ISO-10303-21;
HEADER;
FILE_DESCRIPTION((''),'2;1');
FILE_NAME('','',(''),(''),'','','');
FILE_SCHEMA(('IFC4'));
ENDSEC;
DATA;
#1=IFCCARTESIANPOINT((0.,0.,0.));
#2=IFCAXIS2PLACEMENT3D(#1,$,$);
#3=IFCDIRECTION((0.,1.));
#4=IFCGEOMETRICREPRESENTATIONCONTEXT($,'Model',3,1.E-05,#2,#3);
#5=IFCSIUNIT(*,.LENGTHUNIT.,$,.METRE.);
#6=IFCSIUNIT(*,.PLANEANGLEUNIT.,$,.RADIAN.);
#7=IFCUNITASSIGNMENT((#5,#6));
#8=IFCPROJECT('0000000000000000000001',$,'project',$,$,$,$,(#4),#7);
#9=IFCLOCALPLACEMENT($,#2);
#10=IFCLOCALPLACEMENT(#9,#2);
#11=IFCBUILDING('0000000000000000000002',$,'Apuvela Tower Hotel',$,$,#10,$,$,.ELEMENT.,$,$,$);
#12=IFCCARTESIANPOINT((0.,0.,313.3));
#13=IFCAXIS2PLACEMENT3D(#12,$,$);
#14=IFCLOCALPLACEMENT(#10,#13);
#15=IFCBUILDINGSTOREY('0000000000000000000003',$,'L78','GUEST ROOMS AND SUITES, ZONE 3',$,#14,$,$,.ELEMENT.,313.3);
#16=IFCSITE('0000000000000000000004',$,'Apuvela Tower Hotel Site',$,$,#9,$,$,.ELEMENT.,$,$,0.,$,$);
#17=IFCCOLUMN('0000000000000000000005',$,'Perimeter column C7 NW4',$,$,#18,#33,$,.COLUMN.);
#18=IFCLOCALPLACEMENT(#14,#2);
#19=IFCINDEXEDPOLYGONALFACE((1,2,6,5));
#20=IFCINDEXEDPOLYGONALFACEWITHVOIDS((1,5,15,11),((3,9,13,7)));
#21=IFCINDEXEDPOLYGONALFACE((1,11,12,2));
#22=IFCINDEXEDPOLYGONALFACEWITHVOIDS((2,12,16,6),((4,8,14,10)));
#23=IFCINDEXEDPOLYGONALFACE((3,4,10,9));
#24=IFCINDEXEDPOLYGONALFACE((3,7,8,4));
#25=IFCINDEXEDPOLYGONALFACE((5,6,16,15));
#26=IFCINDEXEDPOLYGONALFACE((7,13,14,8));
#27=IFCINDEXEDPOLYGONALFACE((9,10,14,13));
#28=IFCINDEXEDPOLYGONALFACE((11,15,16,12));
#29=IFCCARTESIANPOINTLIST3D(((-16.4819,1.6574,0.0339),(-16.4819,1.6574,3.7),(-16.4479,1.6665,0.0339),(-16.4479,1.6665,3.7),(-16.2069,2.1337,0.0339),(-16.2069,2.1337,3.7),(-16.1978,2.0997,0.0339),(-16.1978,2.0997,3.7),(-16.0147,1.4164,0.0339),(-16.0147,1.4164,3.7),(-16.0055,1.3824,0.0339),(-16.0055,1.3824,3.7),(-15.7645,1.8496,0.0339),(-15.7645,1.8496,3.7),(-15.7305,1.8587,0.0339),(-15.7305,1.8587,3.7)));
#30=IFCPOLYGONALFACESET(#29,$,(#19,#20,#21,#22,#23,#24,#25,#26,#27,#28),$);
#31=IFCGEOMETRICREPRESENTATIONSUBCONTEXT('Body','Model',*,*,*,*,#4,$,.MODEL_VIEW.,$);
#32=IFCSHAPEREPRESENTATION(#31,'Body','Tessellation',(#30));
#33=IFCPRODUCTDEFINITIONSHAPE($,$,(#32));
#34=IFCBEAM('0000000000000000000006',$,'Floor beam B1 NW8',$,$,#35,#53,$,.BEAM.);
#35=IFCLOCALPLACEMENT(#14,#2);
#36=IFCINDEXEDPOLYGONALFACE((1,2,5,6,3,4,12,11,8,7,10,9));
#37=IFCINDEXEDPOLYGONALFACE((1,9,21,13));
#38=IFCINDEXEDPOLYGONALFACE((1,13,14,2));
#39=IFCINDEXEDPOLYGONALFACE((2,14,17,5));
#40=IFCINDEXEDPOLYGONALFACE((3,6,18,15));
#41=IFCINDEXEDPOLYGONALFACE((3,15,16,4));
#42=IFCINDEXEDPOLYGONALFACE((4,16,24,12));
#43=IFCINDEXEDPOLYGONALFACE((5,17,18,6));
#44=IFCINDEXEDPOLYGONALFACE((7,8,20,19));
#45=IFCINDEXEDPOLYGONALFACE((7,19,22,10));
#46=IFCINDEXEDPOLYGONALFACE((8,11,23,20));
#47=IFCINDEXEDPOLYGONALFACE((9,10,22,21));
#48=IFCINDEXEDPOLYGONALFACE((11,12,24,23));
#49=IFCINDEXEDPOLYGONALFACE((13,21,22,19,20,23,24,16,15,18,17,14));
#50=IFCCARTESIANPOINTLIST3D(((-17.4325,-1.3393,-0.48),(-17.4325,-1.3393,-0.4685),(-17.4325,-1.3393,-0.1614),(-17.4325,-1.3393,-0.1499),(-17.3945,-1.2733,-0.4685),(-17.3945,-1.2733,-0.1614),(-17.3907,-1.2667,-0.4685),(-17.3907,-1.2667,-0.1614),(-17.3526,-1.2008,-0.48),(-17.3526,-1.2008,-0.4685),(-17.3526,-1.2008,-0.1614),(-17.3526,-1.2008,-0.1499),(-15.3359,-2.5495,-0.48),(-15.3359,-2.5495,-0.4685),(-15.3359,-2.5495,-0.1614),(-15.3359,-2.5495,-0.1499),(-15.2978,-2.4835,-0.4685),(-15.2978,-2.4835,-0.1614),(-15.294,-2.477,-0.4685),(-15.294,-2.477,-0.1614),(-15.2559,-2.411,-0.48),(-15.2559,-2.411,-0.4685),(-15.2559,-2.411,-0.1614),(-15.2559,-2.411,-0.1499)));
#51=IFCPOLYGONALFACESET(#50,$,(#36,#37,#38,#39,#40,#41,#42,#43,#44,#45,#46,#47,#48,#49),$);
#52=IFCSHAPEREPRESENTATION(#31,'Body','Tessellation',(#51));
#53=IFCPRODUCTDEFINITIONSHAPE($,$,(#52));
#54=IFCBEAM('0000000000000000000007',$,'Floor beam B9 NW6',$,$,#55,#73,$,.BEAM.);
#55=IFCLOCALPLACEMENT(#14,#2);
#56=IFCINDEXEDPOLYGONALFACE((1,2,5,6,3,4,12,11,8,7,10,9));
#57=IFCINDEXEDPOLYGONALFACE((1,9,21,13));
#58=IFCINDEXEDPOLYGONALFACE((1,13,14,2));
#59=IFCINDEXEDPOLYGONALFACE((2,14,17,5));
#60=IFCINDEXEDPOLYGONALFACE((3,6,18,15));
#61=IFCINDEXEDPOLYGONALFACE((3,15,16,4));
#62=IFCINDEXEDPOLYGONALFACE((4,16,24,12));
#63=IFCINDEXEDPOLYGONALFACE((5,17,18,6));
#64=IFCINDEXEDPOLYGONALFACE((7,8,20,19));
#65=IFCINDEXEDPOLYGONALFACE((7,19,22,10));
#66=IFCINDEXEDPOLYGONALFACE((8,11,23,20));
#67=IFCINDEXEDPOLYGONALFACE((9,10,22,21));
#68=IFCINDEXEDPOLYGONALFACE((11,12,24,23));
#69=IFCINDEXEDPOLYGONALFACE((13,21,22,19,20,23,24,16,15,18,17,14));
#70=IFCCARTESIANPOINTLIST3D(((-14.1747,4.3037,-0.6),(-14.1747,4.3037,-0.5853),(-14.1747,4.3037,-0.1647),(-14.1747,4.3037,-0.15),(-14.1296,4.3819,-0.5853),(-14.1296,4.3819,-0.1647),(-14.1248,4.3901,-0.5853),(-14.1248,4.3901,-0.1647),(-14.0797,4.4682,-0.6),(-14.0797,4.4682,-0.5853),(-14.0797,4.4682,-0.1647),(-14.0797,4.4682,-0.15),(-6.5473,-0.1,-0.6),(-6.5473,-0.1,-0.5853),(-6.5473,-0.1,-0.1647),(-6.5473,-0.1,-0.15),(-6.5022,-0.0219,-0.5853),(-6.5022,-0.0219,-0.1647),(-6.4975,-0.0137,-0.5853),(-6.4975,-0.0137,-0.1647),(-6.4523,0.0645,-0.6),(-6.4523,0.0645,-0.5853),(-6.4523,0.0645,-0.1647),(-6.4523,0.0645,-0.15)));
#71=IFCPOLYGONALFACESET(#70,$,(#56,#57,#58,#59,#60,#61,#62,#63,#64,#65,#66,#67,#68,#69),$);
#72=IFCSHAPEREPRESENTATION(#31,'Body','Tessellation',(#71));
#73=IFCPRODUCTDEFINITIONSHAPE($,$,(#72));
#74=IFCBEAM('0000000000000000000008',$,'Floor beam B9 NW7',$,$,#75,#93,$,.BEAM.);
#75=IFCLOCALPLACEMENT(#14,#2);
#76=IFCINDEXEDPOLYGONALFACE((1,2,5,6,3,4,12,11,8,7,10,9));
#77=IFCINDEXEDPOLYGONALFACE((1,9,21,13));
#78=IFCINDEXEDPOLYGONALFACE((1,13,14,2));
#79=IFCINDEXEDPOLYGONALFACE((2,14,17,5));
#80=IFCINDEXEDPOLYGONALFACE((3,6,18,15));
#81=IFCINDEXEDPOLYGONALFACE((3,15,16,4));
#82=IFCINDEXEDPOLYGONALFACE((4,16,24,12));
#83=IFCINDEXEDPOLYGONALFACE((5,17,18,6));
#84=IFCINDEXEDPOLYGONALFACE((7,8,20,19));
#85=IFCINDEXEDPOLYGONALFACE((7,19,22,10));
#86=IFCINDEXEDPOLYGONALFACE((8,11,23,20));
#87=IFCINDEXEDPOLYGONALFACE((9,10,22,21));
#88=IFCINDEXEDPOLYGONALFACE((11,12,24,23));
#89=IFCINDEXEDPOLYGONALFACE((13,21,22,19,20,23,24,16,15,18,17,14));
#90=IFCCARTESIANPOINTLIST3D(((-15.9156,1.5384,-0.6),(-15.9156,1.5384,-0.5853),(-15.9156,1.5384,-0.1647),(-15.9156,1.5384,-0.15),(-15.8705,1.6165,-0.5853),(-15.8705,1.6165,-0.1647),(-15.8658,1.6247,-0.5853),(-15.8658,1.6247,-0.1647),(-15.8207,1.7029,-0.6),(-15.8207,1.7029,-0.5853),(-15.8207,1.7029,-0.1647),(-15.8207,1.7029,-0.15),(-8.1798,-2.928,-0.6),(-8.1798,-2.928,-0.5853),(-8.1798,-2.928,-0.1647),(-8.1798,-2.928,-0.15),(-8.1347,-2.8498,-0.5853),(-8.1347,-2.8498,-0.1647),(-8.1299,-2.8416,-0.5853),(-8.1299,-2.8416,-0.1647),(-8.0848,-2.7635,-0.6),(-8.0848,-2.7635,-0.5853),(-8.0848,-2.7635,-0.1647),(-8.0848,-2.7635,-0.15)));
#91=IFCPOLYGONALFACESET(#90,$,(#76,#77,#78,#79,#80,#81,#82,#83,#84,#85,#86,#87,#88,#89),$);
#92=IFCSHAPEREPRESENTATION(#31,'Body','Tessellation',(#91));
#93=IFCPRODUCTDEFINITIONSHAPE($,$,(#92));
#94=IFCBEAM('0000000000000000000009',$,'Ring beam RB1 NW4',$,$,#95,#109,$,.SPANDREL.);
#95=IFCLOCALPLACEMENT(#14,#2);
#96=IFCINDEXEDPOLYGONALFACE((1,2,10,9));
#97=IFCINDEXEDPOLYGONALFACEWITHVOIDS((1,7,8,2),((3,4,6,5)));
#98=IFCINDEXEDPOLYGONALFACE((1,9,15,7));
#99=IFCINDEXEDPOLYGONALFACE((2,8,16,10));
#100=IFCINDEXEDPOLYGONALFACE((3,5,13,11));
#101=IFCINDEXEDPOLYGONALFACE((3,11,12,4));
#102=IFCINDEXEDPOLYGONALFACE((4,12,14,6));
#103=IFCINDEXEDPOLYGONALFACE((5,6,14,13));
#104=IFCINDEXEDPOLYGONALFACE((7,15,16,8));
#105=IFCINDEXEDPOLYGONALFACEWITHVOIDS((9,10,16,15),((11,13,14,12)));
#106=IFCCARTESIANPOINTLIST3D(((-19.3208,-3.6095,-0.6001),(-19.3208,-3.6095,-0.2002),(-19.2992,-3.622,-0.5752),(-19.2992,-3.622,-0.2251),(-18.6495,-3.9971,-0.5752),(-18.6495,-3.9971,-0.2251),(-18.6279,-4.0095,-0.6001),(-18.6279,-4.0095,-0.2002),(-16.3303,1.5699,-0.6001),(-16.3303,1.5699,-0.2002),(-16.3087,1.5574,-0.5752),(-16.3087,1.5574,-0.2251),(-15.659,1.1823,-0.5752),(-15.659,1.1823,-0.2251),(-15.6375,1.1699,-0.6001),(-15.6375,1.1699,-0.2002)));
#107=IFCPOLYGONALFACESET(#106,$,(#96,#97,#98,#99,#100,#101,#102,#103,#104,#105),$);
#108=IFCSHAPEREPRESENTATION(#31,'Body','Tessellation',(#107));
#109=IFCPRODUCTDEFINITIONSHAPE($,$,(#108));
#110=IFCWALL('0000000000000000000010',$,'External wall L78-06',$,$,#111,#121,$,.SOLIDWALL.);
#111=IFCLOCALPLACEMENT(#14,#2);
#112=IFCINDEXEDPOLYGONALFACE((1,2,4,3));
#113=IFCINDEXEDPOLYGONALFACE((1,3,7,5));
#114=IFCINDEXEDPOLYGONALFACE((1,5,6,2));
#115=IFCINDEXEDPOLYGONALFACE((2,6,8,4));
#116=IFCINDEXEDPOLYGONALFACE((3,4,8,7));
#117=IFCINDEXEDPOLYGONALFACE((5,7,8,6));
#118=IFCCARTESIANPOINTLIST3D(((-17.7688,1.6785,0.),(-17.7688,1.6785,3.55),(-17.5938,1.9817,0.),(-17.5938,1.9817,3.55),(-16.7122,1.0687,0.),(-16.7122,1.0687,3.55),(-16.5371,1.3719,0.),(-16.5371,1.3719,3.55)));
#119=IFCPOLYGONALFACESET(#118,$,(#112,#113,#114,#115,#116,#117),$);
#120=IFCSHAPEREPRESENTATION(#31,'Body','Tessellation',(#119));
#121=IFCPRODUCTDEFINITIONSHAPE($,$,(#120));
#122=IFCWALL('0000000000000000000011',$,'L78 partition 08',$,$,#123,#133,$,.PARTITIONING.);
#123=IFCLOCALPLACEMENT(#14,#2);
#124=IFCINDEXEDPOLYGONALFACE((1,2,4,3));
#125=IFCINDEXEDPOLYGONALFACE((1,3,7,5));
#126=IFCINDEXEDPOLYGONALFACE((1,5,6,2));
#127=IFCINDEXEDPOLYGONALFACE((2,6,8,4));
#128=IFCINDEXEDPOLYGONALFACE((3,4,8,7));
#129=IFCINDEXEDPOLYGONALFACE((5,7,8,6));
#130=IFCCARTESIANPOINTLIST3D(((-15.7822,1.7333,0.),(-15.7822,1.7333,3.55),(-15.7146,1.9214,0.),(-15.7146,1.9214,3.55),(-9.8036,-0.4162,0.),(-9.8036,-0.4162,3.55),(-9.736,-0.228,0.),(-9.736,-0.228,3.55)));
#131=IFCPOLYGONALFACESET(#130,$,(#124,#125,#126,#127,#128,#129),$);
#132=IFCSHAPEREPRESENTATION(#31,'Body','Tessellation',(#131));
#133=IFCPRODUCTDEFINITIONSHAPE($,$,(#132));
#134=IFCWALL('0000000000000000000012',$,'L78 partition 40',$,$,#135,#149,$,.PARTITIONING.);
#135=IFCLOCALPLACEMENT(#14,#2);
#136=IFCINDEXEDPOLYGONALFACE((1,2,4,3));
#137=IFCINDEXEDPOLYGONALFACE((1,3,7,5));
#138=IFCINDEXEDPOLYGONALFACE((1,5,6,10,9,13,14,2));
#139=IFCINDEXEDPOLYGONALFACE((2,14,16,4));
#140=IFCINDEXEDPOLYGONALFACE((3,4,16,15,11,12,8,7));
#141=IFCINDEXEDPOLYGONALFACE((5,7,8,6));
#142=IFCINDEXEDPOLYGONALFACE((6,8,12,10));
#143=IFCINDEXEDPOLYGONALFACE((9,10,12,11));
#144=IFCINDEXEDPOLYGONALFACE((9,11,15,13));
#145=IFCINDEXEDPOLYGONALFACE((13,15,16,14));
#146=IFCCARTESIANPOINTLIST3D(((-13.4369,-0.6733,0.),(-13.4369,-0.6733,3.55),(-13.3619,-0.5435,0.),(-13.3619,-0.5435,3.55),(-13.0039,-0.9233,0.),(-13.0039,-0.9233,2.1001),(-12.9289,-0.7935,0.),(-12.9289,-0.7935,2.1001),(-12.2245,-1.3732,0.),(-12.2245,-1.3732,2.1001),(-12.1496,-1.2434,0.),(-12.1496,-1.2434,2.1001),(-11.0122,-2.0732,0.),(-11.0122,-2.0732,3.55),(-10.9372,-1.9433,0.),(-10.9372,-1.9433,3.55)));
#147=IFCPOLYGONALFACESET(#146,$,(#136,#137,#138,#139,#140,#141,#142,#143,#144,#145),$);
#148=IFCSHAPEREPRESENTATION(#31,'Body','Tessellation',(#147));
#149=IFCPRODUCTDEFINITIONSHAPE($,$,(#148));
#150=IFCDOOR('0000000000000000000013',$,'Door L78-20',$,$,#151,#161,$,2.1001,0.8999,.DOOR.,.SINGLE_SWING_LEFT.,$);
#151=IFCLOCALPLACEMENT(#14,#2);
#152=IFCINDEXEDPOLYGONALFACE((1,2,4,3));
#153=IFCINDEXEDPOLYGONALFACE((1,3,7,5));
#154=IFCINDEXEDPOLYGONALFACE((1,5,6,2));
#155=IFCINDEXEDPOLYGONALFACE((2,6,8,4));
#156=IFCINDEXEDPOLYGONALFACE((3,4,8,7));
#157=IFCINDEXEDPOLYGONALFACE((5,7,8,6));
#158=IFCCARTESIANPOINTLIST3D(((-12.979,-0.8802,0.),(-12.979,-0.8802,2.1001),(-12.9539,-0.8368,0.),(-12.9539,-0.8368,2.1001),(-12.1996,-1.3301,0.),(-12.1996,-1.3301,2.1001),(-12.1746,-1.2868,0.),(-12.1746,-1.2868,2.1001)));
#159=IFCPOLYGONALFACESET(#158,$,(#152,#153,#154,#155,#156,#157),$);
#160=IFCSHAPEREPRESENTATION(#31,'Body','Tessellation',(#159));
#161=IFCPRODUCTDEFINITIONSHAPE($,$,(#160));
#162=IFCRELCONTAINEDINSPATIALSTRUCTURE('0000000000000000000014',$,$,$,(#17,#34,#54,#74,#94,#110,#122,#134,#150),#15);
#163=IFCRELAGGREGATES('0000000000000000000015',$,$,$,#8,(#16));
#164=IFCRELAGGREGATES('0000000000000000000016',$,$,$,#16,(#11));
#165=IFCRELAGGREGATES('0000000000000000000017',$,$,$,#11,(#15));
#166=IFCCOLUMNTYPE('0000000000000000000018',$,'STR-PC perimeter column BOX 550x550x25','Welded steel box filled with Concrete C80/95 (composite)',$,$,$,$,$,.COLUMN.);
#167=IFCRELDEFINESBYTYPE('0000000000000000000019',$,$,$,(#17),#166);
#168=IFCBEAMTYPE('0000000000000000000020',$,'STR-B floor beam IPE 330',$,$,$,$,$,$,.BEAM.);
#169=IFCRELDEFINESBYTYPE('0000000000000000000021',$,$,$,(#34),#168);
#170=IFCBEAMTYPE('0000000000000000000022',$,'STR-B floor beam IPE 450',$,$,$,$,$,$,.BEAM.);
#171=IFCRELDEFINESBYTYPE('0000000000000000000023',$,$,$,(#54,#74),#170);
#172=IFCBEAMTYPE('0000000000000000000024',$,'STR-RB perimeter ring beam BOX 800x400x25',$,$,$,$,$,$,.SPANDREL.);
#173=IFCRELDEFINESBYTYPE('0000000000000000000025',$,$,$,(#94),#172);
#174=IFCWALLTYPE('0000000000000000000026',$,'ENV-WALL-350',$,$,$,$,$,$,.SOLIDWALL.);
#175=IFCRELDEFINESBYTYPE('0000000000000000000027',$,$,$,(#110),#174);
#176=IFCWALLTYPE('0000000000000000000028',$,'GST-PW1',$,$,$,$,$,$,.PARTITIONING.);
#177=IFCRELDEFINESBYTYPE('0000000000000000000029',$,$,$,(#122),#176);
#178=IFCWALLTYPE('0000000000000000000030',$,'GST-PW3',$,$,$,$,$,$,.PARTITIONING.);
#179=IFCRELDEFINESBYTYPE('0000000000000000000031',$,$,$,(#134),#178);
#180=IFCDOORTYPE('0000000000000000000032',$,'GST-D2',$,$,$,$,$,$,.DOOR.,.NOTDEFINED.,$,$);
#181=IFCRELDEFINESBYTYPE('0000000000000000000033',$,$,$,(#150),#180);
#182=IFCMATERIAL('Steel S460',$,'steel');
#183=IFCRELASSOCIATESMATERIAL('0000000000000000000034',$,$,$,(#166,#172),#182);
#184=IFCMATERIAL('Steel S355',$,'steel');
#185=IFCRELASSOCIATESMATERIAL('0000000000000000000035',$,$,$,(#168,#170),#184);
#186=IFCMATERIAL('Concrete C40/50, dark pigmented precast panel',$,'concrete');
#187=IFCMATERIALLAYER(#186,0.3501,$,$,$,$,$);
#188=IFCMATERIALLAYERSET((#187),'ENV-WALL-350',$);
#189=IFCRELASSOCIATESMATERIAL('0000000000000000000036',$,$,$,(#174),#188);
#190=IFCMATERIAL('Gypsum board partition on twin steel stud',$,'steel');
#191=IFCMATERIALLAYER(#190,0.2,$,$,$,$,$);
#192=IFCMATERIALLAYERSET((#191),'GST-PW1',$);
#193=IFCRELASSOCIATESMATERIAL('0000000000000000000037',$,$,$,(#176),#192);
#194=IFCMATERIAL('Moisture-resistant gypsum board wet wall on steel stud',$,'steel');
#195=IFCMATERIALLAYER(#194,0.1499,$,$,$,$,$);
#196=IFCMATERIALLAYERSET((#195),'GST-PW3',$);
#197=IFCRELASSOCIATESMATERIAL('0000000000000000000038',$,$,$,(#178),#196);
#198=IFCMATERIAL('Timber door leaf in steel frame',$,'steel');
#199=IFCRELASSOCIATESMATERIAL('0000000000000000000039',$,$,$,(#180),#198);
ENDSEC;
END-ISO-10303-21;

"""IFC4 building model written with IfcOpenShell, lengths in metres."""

from ifc_helpers import new_model, si_unit, direction, frame, frame_2d, origin, origin_2d, place, context, subcontext, project, spatial, rectangle, hollow_rectangle, i_section, extrude, boolean, halfspace, material, layer, layer_set, material_profile, profile_set, type_object, element, fill, save


model = new_model("IFC4")

# Units and contexts
model_context = context("Model", 3, precision=1e-05, world=origin(), true_north=direction((0.0, 1.0)))
body_context = subcontext(model_context, "Body", "Model", "MODEL_VIEW")
ifc_project = project(units=[si_unit("LENGTHUNIT", "METRE"), si_unit("PLANEANGLEUNIT", "RADIAN")], contexts=[model_context])

# Site, building, storey
site_placement = place(None, origin())
site = spatial("IfcSite", under=ifc_project, at=site_placement, Name="Apuvela Tower Hotel Site", CompositionType="ELEMENT", RefElevation=0.0)
building_placement = place(site_placement, origin())
building = spatial("IfcBuilding", under=site, at=building_placement, Name="Apuvela Tower Hotel", CompositionType="ELEMENT")
storey_placement = place(building_placement, frame((0.0, 0.0, 313.3)))
storey = spatial("IfcBuildingStorey", under=building, at=storey_placement, Name="L78", Description="GUEST ROOMS AND SUITES, ZONE 3", CompositionType="ELEMENT", Elevation=313.3)

# Column
ifc_material_1 = material(Name="Steel S460", Category="steel")
ifc_material_profile_1 = material_profile(ifc_material_1, hollow_rectangle(XDim=0.55, YDim=0.55, WallThickness=0.0249, at=origin_2d()), Name="BOX 550x550x25")
ifc_material_2 = material(Name="Concrete C80/95", Category="concrete")
ifc_material_profile_2 = material_profile(ifc_material_2, rectangle(XDim=0.5, YDim=0.5, at=origin_2d()), Name="Concrete C80/95 infill")
ifc_profile_set_1 = profile_set([ifc_material_profile_1, ifc_material_profile_2], Name="Steel S460")
column_type = type_object("IfcColumnType", Name="STR-PC perimeter column BOX 550x550x25", Description="Welded steel box filled with Concrete C80/95 (composite)", PredefinedType="COLUMN", material=ifc_profile_set_1)
column_placement = place(storey_placement, frame((-16.1062, 1.7581, 0.0), z_axis=(0.0, 0.0, 1.0), x_axis=(0.5, 0.866025, 0.0)))
element("IfcColumn", 1, at=column_placement, inside=storey, type_object=column_type, Name="Perimeter column C7 NW4", PredefinedType="COLUMN", context=body_context, shape_type="SweptSolid", body=[
    boolean("DIFFERENCE", extrude(hollow_rectangle(XDim=0.55, YDim=0.55, WallThickness=0.0249, at=origin_2d()), origin(), (0.0, 0.0, 1.0), 3.7), halfspace(frame((0.0, 0.0, 0.0339), z_axis=(0.0, 0.0, 1.0), x_axis=(1.0, 0.0, 0.0)), True)),
])

# Beams
ifc_material_3 = material(Name="Steel S355", Category="steel")
ifc_material_profile_3 = material_profile(ifc_material_3, i_section(OverallWidth=0.1599, OverallDepth=0.3301, WebThickness=0.0076, FlangeThickness=0.0115, at=origin_2d()), Name="IPE 330")
ifc_profile_set_2 = profile_set([ifc_material_profile_3], Name="Steel S355")
beam_type_1 = type_object("IfcBeamType", Name="STR-B floor beam IPE 330", PredefinedType="BEAM", material=ifc_profile_set_2)
beam_1_placement = place(storey_placement, frame((-17.3926, -1.27, -0.3149), z_axis=(0.866081, -0.499903, 0.0), x_axis=(0.499903, 0.866081, 0.0)))
element("IfcBeam", 2, at=beam_1_placement, inside=storey, type_object=beam_type_1, Name="Floor beam B1 NW8", PredefinedType="BEAM", context=body_context, shape_type="SweptSolid", body=[
    extrude(i_section(OverallWidth=0.1599, OverallDepth=0.3301, WebThickness=0.0076, FlangeThickness=0.0115, at=origin_2d()), origin(), (0.0, 0.0, 1.0), 2.4209),
])
ifc_material_profile_4 = material_profile(ifc_material_3, i_section(OverallWidth=0.1899, OverallDepth=0.45, WebThickness=0.0095, FlangeThickness=0.0146, at=origin_2d()), Name="IPE 450")
ifc_profile_set_3 = profile_set([ifc_material_profile_4], Name="Steel S355")
beam_type_2 = type_object("IfcBeamType", Name="STR-B floor beam IPE 450", PredefinedType="BEAM", material=ifc_profile_set_3)
beam_2_placement = place(storey_placement, frame((-14.1272, 4.386, -0.375), z_axis=(0.86602, -0.500009, 0.0), x_axis=(0.500009, 0.86602, 0.0)))
element("IfcBeam", 3, at=beam_2_placement, inside=storey, type_object=beam_type_2, Name="Floor beam B9 NW6", PredefinedType="BEAM", context=body_context, shape_type="SweptSolid", body=[
    extrude(i_section(OverallWidth=0.1899, OverallDepth=0.45, WebThickness=0.0095, FlangeThickness=0.0146, at=origin_2d()), origin(), (0.0, 0.0, 1.0), 8.8074),
])
beam_3_placement = place(storey_placement, frame((-15.8682, 1.6206, -0.375), z_axis=(0.866024, -0.500002, 0.0), x_axis=(0.500002, 0.866024, 0.0)))
element("IfcBeam", 4, at=beam_3_placement, inside=storey, type_object=beam_type_2, Name="Floor beam B9 NW7", PredefinedType="BEAM", context=body_context, shape_type="SweptSolid", body=[
    extrude(i_section(OverallWidth=0.1899, OverallDepth=0.45, WebThickness=0.0095, FlangeThickness=0.0146, at=origin_2d()), origin(), (0.0, 0.0, 1.0), 8.9326),
])
ifc_material_profile_5 = material_profile(ifc_material_1, hollow_rectangle(XDim=0.8, YDim=0.3999, WallThickness=0.0249, at=origin_2d()), Name="BOX 800x400x25")
ifc_profile_set_4 = profile_set([ifc_material_profile_5], Name="Steel S460")
beam_type_3 = type_object("IfcBeamType", Name="STR-RB perimeter ring beam BOX 800x400x25", PredefinedType="SPANDREL", material=ifc_profile_set_4)
beam_4_placement = place(storey_placement, frame((-15.9839, 1.3699, -0.4001), z_axis=(-0.500016, -0.866016, 0.0), x_axis=(0.866016, -0.500016, 0.0)))
element("IfcBeam", 5, at=beam_4_placement, inside=storey, type_object=beam_type_3, Name="Ring beam RB1 NW4", PredefinedType="SPANDREL", context=body_context, shape_type="SweptSolid", body=[
    extrude(hollow_rectangle(XDim=0.8, YDim=0.3999, WallThickness=0.0249, at=origin_2d()), origin(), (0.0, 0.0, 1.0), 5.9807),
])

# Shared definitions
ifc_material_4 = material(Name="Concrete C40/50, dark pigmented precast panel", Category="concrete")
ifc_layer_1 = layer(ifc_material_4, 0.3501)
ifc_layer_set_1 = layer_set([ifc_layer_1], Name="ENV-WALL-350")
wall_type_1 = type_object("IfcWallType", Name="ENV-WALL-350", PredefinedType="SOLIDWALL", material=ifc_layer_set_1)

# Wall
wall_1_placement = place(storey_placement, frame((-17.6812, 1.8301, 0.0), z_axis=(0.0, 0.0, 1.0), x_axis=(0.866092, -0.499884, 0.0)))
element("IfcWall", 6, at=wall_1_placement, inside=storey, type_object=wall_type_1, Name="External wall L78-06", PredefinedType="SOLIDWALL", context=body_context, shape_type="SweptSolid", body=[
    extrude(rectangle(XDim=1.22, YDim=0.3501, at=frame_2d((0.6099, 0.0))), origin(), (0.0, 0.0, 1.0), 3.55),
])

# Wall
ifc_material_5 = material(Name="Gypsum board partition on twin steel stud", Category="steel")
ifc_layer_2 = layer(ifc_material_5, 0.2)
ifc_layer_set_2 = layer_set([ifc_layer_2], Name="GST-PW1")
wall_type_2 = type_object("IfcWallType", Name="GST-PW1", PredefinedType="PARTITIONING", material=ifc_layer_set_2)
wall_2_placement = place(storey_placement, frame((-15.7485, 1.8274, 0.0), z_axis=(0.0, 0.0, 1.0), x_axis=(0.94103, -0.338322, 0.0)))
element("IfcWall", 7, at=wall_2_placement, inside=storey, type_object=wall_type_2, Name="L78 partition 08", PredefinedType="PARTITIONING", context=body_context, shape_type="SweptSolid", body=[
    extrude(rectangle(XDim=6.3533, YDim=0.2, at=frame_2d((3.1768, 0.0))), origin(), (0.0, 0.0, 1.0), 3.55),
])

# Wall, opening, door
ifc_material_6 = material(Name="Moisture-resistant gypsum board wet wall on steel stud", Category="steel")
ifc_layer_3 = layer(ifc_material_6, 0.1499)
ifc_layer_set_3 = layer_set([ifc_layer_3], Name="GST-PW3")
wall_type_3 = type_object("IfcWallType", Name="GST-PW3", PredefinedType="PARTITIONING", material=ifc_layer_set_3)
wall_3_placement = place(storey_placement, frame((-13.3994, -0.6084, 0.0), z_axis=(0.0, 0.0, 1.0), x_axis=(0.866035, -0.499984, 0.0)))
wall_3 = element("IfcWall", 8, at=wall_3_placement, inside=storey, type_object=wall_type_3, Name="L78 partition 40", PredefinedType="PARTITIONING", context=body_context, shape_type="SweptSolid", body=[
    extrude(rectangle(XDim=2.7998, YDim=0.1499, at=frame_2d((1.3999, 0.0))), origin(), (0.0, 0.0, 1.0), 3.55),
])
opening_1_placement = place(wall_3_placement, frame((0.5, 0.0, 0.0)))
opening_1 = element("IfcOpeningElement", 9, at=opening_1_placement, cuts=wall_3, PredefinedType="OPENING", context=body_context, shape_type="SweptSolid", body=[
    extrude(rectangle(XDim=0.8999, YDim=2.1001, at=frame_2d((0.45, 1.05))), frame((0.0, 0.085, 0.0), z_axis=(0.0, -1.0, 0.0), x_axis=(1.0, 0.0, 0.0)), (0.0, 0.0, 1.0), 0.1699),
])
ifc_material_7 = material(Name="Timber door leaf in steel frame", Category="steel")
door_type_1 = type_object("IfcDoorType", Name="GST-D2", OperationType="NOTDEFINED", PredefinedType="DOOR", material=ifc_material_7)
door_1_placement = place(opening_1_placement, origin())
door_1 = element("IfcDoor", 10, at=door_1_placement, inside=storey, type_object=door_type_1, Name="Door L78-20", OperationType="SINGLE_SWING_LEFT", OverallHeight=2.1001, OverallWidth=0.8999, PredefinedType="DOOR", context=body_context, shape_type="SweptSolid", body=[
    extrude(rectangle(XDim=0.8999, YDim=2.1001, at=frame_2d((0.45, 1.05))), frame((0.0, 0.0249, 0.0), z_axis=(0.0, -1.0, 0.0), x_axis=(1.0, 0.0, 0.0)), (0.0, 0.0, 1.0), 0.05),
])
fill(opening_1, door_1)

save(model, "model.ifc")
